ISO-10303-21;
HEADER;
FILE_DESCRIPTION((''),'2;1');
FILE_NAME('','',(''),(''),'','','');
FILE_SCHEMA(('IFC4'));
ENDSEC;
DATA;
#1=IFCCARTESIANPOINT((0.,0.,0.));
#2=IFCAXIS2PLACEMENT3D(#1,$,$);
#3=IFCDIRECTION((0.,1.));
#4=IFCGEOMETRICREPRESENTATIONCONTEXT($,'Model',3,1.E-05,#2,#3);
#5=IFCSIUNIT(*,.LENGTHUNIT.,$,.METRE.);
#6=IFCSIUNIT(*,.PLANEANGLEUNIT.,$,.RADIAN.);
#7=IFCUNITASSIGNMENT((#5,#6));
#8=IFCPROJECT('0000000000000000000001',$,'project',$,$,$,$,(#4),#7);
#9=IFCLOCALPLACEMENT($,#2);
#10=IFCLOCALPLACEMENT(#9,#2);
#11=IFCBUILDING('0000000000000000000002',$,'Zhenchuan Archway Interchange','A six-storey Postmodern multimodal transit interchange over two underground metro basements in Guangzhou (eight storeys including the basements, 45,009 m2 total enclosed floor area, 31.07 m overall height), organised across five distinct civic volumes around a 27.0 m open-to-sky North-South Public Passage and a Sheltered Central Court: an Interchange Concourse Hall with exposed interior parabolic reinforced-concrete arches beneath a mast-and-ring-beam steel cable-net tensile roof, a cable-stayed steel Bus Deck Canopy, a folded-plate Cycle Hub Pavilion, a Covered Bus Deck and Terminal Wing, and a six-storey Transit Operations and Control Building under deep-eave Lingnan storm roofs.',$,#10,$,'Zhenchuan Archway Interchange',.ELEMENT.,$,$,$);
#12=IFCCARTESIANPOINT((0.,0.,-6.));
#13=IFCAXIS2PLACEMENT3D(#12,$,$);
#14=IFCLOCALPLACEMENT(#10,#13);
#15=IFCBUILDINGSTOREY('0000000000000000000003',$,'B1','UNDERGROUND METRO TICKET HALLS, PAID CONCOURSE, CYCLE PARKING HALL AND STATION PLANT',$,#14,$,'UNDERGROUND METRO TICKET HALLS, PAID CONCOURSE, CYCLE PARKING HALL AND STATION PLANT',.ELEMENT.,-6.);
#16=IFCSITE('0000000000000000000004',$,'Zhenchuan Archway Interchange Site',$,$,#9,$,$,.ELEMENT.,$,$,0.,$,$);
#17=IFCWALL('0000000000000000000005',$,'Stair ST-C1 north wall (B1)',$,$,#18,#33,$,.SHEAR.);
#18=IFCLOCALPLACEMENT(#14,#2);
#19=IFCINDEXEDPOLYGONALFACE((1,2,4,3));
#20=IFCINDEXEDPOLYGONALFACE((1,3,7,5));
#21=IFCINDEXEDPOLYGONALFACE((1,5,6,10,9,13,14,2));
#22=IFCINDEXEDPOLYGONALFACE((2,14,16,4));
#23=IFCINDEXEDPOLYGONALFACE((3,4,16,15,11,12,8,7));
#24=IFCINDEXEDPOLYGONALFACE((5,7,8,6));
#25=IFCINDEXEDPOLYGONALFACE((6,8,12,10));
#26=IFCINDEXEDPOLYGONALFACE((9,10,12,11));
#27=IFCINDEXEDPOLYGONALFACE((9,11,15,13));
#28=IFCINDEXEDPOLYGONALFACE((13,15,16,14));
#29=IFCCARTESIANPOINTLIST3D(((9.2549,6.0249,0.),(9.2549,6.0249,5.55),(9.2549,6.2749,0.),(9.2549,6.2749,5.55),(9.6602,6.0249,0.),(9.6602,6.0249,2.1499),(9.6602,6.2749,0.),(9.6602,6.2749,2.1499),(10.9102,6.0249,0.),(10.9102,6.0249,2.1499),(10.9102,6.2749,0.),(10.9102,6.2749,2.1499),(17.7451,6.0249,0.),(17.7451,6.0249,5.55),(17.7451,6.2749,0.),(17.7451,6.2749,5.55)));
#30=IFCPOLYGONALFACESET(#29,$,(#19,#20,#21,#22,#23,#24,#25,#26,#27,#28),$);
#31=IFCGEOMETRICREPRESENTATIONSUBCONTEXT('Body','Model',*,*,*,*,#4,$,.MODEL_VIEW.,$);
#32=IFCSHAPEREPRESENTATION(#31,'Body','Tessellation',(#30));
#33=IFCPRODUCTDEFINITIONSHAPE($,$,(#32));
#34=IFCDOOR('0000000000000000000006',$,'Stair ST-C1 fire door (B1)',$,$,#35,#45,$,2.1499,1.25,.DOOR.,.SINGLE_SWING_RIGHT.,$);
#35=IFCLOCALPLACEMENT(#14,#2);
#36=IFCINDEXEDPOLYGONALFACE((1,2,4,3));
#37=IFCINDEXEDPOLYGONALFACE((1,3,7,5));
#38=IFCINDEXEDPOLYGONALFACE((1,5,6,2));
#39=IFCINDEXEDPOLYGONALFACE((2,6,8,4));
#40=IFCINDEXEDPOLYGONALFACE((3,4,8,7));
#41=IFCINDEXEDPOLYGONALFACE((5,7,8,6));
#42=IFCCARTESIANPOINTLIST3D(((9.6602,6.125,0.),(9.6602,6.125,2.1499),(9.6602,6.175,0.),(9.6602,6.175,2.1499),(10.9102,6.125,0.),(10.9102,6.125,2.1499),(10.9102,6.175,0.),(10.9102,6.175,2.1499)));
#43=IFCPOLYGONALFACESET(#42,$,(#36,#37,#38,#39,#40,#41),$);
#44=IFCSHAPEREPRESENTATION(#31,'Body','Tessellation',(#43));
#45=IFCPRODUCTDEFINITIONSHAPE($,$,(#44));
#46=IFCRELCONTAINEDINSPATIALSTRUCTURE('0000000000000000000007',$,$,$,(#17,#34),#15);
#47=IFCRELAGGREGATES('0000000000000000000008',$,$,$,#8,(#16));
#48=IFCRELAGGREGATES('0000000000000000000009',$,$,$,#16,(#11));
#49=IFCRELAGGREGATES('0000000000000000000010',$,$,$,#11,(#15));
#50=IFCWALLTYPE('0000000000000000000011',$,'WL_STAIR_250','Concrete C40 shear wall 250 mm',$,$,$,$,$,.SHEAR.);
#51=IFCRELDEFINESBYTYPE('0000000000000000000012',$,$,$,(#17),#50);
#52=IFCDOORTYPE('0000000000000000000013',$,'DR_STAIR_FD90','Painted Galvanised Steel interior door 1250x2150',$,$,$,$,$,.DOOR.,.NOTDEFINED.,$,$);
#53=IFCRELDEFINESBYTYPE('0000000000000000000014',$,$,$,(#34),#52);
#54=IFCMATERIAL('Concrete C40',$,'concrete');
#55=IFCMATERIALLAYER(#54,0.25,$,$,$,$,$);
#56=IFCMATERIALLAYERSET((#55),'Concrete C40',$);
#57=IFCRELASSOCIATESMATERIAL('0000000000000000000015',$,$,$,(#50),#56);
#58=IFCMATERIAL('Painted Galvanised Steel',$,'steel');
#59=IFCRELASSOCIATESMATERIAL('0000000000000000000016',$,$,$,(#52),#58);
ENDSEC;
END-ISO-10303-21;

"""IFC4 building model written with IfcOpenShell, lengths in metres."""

from ifc_helpers import new_model, si_unit, direction, frame, frame_2d, origin, place, context, subcontext, project, spatial, rectangle, extrude, material, layer, layer_set, type_object, element, fill, save


model = new_model("IFC4")

# Units and contexts
model_context = context("Model", 3, precision=1e-05, world=origin(), true_north=direction((0.0, 1.0)))
body_context = subcontext(model_context, "Body", "Model", "MODEL_VIEW")
ifc_project = project(units=[si_unit("LENGTHUNIT", "METRE"), si_unit("PLANEANGLEUNIT", "RADIAN")], contexts=[model_context])

# Site, building, storey
site_placement = place(None, origin())
site = spatial("IfcSite", under=ifc_project, at=site_placement, Name="Zhenchuan Archway Interchange Site", CompositionType="ELEMENT", RefElevation=0.0)
building_placement = place(site_placement, origin())
building = spatial("IfcBuilding", under=site, at=building_placement, Name="Zhenchuan Archway Interchange", Description="A six-storey Postmodern multimodal transit interchange over two underground metro basements in Guangzhou (eight storeys including the basements, 45,009 m2 total enclosed floor area, 31.07 m overall height), organised across five distinct civic volumes around a 27.0 m open-to-sky North-South Public Passage and a Sheltered Central Court: an Interchange Concourse Hall with exposed interior parabolic reinforced-concrete arches beneath a mast-and-ring-beam steel cable-net tensile roof, a cable-stayed steel Bus Deck Canopy, a folded-plate Cycle Hub Pavilion, a Covered Bus Deck and Terminal Wing, and a six-storey Transit Operations and Control Building under deep-eave Lingnan storm roofs.", LongName="Zhenchuan Archway Interchange", CompositionType="ELEMENT")
storey_placement = place(building_placement, frame((0.0, 0.0, -6.0)))
storey = spatial("IfcBuildingStorey", under=building, at=storey_placement, Name="B1", Description="UNDERGROUND METRO TICKET HALLS, PAID CONCOURSE, CYCLE PARKING HALL AND STATION PLANT", LongName="UNDERGROUND METRO TICKET HALLS, PAID CONCOURSE, CYCLE PARKING HALL AND STATION PLANT", CompositionType="ELEMENT", Elevation=-6.0)

# Shared definitions
ifc_material_1 = material(Name="Concrete C40", Category="concrete")

# Wall, opening, door
ifc_layer_1 = layer(ifc_material_1, 0.25)
ifc_layer_set_1 = layer_set([ifc_layer_1], Name="Concrete C40")
wall_type_1 = type_object("IfcWallType", Name="WL_STAIR_250", Description="Concrete C40 shear wall 250 mm", PredefinedType="SHEAR", material=ifc_layer_set_1)
wall_1_placement = place(storey_placement, frame((17.7451, 6.1499, 0.0), z_axis=(0.0, 0.0, 1.0), x_axis=(-1.0, 0.0, 0.0)))
wall_1 = element("IfcWall", 1, at=wall_1_placement, inside=storey, type_object=wall_type_1, Name="Stair ST-C1 north wall (B1)", PredefinedType="SHEAR", context=body_context, shape_type="SweptSolid", body=[
    extrude(rectangle(XDim=8.4902, YDim=0.25, at=frame_2d((4.2451, 0.0))), origin(), (0.0, 0.0, 1.0), 5.55),
])
opening_placement = place(wall_1_placement, frame((6.835, 0.0, 0.0)))
opening = element("IfcOpeningElement", 2, at=opening_placement, cuts=wall_1, PredefinedType="OPENING", context=body_context, shape_type="SweptSolid", body=[
    extrude(rectangle(XDim=1.25, YDim=2.1499, at=frame_2d((0.625, 1.075))), frame((0.0, 0.137, 0.0), z_axis=(0.0, -1.0, 0.0), x_axis=(1.0, 0.0, 0.0)), (0.0, 0.0, 1.0), 0.2739),
])
ifc_material_2 = material(Name="Painted Galvanised Steel", Category="steel")
door_type = type_object("IfcDoorType", Name="DR_STAIR_FD90", Description="Painted Galvanised Steel interior door 1250x2150", OperationType="NOTDEFINED", PredefinedType="DOOR", material=ifc_material_2)
door_placement = place(opening_placement, origin())
door = element("IfcDoor", 3, at=door_placement, inside=storey, type_object=door_type, Name="Stair ST-C1 fire door (B1)", OperationType="SINGLE_SWING_RIGHT", OverallHeight=2.1499, OverallWidth=1.25, PredefinedType="DOOR", context=body_context, shape_type="SweptSolid", body=[
    extrude(rectangle(XDim=1.25, YDim=2.1499, at=frame_2d((0.625, 1.075))), frame((0.0, 0.0249, 0.0), z_axis=(0.0, -1.0, 0.0), x_axis=(1.0, 0.0, 0.0)), (0.0, 0.0, 1.0), 0.05),
])
fill(opening, door)

save(model, "model.ifc")
